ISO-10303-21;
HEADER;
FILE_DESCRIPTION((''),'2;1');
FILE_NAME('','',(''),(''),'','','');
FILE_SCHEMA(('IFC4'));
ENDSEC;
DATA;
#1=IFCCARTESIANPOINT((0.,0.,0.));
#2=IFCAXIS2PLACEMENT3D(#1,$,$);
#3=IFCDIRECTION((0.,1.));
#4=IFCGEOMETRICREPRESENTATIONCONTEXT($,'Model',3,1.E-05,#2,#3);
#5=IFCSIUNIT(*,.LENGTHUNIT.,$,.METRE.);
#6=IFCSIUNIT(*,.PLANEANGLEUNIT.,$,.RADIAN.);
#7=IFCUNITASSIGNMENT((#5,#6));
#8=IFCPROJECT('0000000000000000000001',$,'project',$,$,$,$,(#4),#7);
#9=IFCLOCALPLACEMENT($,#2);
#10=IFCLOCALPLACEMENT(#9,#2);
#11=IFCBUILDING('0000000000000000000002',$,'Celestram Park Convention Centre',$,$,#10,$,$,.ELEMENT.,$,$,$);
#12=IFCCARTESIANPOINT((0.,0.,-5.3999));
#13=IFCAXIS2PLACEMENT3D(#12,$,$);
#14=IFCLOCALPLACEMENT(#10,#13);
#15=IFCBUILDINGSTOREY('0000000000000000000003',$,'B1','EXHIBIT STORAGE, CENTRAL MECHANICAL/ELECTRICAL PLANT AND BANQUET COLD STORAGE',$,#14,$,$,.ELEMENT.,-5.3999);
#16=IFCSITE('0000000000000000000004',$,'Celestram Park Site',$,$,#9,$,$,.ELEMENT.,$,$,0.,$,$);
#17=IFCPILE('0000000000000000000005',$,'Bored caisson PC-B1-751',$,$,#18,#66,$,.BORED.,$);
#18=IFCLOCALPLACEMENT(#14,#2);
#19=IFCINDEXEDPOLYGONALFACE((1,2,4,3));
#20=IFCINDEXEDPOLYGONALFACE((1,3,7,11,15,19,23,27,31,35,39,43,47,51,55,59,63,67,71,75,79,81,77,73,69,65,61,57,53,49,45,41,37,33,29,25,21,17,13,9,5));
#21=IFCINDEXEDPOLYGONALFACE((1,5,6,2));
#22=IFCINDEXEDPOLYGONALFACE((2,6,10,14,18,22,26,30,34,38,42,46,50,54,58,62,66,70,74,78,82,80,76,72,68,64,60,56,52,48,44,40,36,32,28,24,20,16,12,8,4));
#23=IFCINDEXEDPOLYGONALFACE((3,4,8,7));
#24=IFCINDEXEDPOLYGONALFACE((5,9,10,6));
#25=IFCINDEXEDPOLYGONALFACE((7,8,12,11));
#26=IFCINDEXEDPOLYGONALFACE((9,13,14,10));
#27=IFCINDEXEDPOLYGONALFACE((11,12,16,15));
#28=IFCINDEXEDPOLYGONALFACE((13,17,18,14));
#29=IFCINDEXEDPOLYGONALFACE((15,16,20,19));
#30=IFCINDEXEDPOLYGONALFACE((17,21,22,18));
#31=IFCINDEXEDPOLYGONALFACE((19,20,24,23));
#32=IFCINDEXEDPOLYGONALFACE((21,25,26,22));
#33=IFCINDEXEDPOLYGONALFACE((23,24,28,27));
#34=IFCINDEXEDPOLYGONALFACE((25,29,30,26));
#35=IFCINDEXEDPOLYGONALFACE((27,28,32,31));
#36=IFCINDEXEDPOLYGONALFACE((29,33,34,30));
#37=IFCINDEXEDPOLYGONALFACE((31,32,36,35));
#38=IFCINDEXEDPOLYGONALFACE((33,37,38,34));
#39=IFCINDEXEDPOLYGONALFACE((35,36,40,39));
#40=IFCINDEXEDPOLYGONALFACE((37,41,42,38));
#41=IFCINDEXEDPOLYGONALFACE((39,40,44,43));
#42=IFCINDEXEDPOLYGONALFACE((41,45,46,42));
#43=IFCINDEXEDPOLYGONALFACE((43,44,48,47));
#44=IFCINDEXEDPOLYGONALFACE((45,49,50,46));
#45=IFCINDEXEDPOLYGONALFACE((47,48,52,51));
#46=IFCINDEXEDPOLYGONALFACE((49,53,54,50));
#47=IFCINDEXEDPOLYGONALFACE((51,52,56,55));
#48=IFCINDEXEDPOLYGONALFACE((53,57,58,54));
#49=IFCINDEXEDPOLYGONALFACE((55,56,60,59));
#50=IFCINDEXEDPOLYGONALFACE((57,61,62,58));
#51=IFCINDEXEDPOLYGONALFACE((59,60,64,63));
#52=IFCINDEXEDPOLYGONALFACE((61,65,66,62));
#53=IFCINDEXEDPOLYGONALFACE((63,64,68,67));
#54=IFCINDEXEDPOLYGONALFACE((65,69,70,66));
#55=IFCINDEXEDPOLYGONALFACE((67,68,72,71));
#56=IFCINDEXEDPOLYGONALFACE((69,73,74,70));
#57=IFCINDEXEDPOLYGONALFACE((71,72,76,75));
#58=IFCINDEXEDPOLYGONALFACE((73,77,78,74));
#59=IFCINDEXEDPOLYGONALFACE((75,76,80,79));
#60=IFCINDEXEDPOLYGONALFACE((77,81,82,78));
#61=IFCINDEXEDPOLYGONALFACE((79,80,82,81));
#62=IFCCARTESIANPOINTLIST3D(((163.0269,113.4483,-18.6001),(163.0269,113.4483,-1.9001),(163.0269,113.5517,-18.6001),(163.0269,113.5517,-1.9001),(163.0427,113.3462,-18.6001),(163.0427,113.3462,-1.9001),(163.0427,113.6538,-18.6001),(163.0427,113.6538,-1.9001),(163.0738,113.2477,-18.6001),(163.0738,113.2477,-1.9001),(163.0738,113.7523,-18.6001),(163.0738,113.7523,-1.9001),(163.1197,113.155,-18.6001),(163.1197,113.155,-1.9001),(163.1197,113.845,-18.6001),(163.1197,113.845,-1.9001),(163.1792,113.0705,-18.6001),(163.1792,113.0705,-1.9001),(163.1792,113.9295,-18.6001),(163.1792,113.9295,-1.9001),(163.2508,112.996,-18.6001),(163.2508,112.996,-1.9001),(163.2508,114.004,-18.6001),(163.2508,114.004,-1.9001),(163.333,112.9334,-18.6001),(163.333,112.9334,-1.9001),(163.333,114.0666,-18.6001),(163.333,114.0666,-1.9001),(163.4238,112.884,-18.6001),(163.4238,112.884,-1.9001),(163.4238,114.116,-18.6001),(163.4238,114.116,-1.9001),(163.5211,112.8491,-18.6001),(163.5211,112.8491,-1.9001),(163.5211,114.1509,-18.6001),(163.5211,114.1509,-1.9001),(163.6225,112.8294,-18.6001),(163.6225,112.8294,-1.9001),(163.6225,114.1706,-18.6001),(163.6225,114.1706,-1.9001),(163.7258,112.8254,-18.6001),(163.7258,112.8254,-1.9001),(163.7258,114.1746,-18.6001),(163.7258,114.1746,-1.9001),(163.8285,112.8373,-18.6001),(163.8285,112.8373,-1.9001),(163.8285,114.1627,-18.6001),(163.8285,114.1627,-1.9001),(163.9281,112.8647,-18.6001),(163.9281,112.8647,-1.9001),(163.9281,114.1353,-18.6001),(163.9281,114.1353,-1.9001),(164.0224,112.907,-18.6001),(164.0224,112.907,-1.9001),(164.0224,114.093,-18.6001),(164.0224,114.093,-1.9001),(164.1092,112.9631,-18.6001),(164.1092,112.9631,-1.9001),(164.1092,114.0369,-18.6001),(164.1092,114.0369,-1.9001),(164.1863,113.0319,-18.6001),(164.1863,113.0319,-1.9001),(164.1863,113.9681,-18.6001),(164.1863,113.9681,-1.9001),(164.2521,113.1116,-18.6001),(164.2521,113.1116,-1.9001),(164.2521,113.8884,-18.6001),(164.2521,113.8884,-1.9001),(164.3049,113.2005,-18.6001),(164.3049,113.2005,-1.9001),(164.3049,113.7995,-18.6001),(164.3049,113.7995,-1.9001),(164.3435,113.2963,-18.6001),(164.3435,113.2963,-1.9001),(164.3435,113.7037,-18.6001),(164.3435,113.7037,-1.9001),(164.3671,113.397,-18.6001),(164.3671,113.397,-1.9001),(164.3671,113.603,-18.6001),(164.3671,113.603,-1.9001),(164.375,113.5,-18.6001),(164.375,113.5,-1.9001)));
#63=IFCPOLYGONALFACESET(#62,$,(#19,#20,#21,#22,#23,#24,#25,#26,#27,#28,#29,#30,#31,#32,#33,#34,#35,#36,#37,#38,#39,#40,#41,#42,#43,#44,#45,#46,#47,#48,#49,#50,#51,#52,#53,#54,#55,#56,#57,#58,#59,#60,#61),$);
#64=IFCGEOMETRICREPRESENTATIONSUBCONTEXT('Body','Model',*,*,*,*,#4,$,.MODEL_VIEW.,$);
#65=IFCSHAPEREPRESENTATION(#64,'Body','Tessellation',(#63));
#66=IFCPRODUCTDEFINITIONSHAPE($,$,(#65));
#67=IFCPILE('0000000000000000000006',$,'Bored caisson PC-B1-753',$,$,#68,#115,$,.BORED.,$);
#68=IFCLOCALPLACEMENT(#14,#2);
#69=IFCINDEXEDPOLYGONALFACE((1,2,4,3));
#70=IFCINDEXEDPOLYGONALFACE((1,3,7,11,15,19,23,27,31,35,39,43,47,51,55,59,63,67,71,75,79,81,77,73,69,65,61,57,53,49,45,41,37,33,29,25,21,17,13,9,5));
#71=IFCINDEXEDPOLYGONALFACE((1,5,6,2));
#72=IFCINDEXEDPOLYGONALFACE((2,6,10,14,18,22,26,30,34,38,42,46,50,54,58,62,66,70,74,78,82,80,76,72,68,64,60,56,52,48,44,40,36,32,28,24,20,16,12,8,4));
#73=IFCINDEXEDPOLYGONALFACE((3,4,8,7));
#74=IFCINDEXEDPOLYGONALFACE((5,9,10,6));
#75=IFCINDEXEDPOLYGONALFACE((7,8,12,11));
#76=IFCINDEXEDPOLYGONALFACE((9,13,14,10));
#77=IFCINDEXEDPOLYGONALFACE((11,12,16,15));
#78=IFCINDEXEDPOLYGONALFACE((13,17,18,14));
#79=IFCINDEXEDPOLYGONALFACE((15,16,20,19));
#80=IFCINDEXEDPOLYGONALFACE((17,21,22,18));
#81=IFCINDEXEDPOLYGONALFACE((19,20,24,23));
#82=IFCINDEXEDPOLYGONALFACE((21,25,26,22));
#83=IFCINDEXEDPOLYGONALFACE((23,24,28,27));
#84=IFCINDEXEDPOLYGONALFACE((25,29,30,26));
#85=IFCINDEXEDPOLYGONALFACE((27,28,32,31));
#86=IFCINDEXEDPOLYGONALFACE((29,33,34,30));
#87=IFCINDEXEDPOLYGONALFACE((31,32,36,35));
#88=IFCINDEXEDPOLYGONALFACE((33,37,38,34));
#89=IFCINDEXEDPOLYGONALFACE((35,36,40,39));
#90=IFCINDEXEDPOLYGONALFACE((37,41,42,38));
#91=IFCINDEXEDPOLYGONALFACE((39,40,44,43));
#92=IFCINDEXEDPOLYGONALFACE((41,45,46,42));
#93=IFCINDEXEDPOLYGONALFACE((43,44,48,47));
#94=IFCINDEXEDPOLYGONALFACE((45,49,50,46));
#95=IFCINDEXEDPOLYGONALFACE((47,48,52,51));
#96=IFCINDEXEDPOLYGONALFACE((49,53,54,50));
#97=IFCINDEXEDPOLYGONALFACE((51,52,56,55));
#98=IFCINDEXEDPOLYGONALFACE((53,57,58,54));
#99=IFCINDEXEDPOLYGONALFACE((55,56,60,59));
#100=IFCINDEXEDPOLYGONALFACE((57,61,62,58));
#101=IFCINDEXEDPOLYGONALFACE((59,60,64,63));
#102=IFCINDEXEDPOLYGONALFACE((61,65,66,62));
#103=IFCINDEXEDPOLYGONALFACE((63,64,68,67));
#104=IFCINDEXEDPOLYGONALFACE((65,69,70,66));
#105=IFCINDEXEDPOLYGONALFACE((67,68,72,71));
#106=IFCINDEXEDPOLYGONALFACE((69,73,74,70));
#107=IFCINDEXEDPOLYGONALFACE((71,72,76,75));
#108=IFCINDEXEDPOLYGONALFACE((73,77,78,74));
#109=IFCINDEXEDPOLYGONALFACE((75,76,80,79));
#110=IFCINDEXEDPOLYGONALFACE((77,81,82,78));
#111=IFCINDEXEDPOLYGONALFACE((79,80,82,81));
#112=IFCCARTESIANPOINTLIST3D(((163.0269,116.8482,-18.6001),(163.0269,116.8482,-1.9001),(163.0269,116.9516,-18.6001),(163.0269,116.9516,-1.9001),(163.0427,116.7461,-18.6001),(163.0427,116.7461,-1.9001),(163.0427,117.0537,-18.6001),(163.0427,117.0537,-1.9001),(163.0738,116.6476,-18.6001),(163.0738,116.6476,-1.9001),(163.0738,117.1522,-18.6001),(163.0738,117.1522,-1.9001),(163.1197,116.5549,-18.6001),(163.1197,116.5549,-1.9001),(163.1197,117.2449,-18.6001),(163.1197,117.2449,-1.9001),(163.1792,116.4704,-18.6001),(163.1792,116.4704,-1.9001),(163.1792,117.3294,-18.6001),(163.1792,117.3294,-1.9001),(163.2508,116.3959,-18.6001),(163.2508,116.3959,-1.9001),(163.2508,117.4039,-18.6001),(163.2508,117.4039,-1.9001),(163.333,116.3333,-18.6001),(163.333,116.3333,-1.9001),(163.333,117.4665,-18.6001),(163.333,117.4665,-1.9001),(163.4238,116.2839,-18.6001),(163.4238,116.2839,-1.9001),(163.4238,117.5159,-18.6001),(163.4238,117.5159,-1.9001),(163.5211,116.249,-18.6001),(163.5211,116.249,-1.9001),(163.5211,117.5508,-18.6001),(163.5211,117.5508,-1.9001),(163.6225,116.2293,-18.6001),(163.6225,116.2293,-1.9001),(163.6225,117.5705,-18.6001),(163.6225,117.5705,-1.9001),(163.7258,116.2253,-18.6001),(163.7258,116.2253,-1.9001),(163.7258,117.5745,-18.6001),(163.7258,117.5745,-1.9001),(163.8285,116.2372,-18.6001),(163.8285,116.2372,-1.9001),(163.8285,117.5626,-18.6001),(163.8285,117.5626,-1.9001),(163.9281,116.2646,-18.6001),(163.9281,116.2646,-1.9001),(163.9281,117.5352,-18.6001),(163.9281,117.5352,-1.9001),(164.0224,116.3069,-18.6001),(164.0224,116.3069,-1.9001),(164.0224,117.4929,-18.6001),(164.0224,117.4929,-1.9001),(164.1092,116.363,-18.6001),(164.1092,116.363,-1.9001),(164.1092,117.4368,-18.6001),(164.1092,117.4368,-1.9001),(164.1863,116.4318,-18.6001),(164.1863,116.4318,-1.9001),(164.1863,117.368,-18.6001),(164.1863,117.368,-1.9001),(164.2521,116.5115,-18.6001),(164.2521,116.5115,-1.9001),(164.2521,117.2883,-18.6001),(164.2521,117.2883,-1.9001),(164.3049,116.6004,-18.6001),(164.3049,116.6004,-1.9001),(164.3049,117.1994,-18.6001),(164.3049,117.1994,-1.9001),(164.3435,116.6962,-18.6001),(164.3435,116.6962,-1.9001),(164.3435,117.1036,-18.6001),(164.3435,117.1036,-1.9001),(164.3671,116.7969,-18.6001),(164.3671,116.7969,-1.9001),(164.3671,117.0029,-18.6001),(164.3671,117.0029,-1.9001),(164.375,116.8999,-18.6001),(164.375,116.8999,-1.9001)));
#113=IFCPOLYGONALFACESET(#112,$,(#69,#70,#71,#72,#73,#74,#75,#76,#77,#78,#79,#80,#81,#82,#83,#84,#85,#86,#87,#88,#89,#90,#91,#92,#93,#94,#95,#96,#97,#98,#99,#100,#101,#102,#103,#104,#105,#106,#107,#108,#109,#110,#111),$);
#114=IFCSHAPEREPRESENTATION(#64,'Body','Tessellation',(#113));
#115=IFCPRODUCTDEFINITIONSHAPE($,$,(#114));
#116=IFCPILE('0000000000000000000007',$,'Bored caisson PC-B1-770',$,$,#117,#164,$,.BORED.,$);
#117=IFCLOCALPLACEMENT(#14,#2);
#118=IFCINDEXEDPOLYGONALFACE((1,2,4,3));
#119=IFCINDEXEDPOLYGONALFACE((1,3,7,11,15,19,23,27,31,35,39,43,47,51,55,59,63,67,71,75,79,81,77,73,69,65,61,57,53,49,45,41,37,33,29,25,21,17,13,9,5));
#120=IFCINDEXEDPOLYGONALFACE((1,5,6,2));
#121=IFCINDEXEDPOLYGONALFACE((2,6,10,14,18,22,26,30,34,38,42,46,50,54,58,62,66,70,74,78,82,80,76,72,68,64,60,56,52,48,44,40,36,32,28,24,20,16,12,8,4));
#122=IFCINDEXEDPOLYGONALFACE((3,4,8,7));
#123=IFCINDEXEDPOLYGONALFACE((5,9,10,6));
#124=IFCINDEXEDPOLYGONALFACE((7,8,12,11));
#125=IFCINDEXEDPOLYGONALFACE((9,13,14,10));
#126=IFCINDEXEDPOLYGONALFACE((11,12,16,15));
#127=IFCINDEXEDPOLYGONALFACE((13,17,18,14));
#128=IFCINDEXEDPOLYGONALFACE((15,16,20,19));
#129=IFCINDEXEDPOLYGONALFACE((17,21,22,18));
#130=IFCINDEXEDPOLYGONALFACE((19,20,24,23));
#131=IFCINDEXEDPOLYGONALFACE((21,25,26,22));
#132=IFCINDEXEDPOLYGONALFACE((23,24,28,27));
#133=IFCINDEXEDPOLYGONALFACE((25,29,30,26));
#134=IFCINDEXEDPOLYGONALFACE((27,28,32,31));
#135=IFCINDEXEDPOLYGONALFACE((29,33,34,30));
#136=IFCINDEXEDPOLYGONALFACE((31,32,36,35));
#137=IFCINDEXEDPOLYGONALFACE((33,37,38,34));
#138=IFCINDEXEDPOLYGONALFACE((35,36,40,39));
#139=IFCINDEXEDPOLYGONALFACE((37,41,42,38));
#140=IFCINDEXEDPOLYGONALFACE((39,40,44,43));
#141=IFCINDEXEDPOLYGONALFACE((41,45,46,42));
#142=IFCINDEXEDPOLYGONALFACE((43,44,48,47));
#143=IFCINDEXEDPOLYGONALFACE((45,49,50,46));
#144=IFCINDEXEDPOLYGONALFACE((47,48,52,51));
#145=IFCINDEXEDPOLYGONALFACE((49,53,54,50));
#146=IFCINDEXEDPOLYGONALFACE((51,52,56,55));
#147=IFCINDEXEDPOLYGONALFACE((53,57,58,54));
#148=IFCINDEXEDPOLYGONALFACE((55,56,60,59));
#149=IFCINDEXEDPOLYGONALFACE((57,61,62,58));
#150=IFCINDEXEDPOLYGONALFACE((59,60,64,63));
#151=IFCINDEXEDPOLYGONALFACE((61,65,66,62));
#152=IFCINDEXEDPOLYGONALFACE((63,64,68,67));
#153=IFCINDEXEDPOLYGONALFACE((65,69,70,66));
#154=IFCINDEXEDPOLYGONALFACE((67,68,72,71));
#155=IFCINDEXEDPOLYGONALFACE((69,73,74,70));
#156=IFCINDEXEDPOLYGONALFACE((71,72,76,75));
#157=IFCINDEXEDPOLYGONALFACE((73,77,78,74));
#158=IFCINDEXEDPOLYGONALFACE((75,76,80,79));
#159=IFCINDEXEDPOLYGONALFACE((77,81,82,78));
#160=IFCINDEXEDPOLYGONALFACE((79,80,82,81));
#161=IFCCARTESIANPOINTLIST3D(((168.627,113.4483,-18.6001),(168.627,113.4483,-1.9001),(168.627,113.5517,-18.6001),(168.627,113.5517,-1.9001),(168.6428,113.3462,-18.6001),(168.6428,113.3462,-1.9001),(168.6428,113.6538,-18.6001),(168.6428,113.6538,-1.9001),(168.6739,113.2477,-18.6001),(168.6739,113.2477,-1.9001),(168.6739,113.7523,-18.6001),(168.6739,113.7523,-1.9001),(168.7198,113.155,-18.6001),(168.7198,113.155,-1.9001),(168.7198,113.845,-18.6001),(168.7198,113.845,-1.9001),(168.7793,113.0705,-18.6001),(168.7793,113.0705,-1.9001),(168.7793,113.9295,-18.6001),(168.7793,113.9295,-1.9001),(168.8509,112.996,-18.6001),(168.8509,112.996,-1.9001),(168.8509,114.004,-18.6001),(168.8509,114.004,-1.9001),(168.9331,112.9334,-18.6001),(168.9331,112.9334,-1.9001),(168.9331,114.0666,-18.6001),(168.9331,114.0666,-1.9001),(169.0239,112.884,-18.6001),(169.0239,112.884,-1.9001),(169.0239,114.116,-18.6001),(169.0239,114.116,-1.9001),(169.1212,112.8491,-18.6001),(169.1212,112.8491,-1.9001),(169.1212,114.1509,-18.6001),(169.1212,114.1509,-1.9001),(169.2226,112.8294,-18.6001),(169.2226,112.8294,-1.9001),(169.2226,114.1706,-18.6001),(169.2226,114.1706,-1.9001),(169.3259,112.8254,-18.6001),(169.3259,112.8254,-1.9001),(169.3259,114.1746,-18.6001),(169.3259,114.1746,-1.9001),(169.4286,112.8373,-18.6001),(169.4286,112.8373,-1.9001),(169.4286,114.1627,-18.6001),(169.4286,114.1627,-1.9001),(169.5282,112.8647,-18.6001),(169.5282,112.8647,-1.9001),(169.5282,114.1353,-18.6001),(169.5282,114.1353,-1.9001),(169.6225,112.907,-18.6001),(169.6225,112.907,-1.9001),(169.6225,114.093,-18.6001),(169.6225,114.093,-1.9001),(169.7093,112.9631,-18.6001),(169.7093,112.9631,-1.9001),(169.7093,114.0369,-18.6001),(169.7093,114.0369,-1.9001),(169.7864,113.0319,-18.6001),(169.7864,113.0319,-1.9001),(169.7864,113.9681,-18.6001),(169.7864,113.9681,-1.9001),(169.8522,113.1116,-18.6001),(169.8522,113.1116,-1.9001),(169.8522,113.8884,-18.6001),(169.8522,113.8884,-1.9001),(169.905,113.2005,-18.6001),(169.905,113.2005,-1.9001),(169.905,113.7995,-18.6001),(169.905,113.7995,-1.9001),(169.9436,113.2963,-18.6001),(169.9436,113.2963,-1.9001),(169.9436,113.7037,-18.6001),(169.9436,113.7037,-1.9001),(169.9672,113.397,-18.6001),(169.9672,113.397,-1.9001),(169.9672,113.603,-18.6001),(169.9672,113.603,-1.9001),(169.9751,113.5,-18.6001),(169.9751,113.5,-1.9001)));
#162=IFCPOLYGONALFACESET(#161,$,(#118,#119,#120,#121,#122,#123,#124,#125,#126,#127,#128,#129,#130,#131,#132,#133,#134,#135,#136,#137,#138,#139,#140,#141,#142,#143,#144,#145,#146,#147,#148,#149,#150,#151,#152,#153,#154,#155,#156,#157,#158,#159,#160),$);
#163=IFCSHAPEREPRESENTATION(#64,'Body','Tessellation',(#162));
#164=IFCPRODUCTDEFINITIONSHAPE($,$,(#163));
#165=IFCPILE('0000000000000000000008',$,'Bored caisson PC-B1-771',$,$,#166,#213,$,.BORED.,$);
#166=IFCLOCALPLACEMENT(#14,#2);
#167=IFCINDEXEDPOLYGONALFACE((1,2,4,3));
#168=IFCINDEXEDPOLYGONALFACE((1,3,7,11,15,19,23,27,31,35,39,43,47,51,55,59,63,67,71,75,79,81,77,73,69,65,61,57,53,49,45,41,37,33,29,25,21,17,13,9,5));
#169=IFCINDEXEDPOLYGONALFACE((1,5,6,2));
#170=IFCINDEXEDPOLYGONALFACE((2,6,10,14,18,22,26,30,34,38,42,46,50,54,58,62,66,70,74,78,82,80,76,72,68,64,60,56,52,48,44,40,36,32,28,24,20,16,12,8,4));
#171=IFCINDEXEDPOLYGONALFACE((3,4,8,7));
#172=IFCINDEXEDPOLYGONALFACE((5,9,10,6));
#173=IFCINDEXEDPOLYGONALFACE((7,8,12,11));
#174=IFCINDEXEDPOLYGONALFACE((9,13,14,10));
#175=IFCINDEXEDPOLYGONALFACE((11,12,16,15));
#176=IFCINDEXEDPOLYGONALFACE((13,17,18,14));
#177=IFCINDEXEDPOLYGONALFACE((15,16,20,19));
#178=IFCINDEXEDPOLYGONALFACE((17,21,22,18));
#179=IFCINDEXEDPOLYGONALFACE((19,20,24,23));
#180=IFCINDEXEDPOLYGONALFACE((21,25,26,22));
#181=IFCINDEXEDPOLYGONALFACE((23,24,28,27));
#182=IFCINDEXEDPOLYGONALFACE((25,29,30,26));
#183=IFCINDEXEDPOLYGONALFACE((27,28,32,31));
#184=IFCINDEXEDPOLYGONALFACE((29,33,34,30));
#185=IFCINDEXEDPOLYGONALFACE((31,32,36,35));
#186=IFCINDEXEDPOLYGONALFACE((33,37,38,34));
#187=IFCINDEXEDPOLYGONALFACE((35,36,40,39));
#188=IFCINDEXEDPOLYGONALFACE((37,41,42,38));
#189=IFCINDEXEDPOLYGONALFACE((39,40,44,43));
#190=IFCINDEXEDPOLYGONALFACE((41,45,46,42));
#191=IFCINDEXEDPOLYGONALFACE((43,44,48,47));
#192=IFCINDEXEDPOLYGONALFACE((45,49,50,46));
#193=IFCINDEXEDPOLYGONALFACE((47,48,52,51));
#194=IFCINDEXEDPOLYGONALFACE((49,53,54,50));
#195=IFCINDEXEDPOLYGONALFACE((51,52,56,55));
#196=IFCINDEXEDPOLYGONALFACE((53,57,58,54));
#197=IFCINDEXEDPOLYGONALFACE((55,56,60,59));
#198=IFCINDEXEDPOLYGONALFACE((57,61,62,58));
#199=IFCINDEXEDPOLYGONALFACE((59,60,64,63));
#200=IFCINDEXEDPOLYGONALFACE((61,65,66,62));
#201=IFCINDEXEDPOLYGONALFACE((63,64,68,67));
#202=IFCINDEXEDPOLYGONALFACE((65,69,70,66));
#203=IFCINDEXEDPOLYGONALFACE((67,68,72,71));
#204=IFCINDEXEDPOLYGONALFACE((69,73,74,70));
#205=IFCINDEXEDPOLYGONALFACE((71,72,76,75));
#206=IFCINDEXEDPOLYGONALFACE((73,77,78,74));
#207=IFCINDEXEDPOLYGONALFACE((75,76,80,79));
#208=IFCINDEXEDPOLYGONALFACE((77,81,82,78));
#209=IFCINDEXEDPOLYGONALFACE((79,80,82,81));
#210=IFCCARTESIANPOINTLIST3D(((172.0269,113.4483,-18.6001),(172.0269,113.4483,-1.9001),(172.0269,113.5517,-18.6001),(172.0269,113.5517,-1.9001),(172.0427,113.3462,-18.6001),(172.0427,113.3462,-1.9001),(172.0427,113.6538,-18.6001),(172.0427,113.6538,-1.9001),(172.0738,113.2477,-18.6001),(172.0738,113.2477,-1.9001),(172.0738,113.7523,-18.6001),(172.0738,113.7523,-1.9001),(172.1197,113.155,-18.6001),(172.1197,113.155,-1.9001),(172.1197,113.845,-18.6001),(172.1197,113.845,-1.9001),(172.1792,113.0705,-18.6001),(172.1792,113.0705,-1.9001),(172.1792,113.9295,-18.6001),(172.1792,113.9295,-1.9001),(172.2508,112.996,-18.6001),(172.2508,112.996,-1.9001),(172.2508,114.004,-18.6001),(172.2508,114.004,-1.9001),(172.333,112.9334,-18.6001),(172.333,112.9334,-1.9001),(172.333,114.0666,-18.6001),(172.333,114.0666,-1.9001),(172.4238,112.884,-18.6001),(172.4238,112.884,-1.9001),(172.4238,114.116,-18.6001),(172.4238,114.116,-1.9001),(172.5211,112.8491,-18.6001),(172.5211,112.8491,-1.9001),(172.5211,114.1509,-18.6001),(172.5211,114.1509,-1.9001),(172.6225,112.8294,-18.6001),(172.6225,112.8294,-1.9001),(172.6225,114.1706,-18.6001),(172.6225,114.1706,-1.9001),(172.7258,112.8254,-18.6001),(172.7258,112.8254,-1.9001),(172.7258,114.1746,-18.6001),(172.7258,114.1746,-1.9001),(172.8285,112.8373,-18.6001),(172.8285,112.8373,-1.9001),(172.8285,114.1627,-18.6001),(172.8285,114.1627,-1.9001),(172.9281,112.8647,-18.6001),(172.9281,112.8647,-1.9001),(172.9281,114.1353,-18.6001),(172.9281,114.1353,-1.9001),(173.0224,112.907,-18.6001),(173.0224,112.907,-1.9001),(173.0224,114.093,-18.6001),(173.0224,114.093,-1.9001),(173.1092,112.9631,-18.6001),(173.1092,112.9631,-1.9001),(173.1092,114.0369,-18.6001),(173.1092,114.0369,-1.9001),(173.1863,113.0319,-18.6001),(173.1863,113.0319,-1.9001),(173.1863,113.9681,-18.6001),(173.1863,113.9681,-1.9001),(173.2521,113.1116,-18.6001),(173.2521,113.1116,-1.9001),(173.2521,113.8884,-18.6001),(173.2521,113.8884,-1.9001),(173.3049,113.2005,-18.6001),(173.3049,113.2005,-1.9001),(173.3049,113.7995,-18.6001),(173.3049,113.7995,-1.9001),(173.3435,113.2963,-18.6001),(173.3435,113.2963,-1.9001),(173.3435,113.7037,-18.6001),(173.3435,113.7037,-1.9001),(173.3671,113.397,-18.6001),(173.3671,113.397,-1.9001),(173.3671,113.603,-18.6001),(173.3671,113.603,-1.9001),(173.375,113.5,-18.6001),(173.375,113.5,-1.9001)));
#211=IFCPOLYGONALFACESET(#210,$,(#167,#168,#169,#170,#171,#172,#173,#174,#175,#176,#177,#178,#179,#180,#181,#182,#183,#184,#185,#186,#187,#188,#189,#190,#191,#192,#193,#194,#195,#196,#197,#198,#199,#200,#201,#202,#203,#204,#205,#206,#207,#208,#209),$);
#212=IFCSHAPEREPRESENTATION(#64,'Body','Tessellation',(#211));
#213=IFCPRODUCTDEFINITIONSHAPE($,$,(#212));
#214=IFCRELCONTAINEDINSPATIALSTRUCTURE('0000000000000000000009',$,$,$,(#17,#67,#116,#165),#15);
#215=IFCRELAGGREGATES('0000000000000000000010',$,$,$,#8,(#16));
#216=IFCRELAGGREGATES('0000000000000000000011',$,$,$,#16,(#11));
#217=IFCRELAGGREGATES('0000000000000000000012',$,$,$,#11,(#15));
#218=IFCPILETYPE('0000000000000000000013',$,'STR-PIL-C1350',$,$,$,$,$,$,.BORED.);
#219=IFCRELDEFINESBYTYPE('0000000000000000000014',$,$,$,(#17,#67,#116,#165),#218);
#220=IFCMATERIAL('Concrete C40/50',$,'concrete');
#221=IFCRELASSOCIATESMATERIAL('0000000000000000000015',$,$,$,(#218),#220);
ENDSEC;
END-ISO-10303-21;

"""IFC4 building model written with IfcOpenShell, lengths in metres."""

from ifc_helpers import new_model, si_unit, direction, frame, origin, origin_2d, place, context, subcontext, project, spatial, circle, extrude, material, material_profile, profile_set, type_object, element, save


model = new_model("IFC4")

# Units and contexts
model_context = context("Model", 3, precision=1e-05, world=origin(), true_north=direction((0.0, 1.0)))
body_context = subcontext(model_context, "Body", "Model", "MODEL_VIEW")
ifc_project = project(units=[si_unit("LENGTHUNIT", "METRE"), si_unit("PLANEANGLEUNIT", "RADIAN")], contexts=[model_context])

# Site, building, storey
site_placement = place(None, origin())
site = spatial("IfcSite", under=ifc_project, at=site_placement, Name="Celestram Park Site", CompositionType="ELEMENT", RefElevation=0.0)
building_placement = place(site_placement, origin())
building = spatial("IfcBuilding", under=site, at=building_placement, Name="Celestram Park Convention Centre", CompositionType="ELEMENT")
storey_placement = place(building_placement, frame((0.0, 0.0, -5.3999)))
storey = spatial("IfcBuildingStorey", under=building, at=storey_placement, Name="B1", Description="EXHIBIT STORAGE, CENTRAL MECHANICAL/ELECTRICAL PLANT AND BANQUET COLD STORAGE", CompositionType="ELEMENT", Elevation=-5.3999)

# Shared definitions
ifc_material_1 = material(Name="Concrete C40/50", Category="concrete")

# Piles
ifc_material_profile_1 = material_profile(ifc_material_1, circle(Radius=0.675, at=origin_2d()), Name="CAISSON1350")
ifc_profile_set_1 = profile_set([ifc_material_profile_1], Name="Concrete C40/50")
pile_type_1 = type_object("IfcPileType", Name="STR-PIL-C1350", PredefinedType="BORED", material=ifc_profile_set_1)
for number, where, z_axis, x_axis, name in (
    (1, (163.7, 113.5, -1.9001), (0.0, 0.0, -1.0), (1.0, 0.0, 0.0), "Bored caisson PC-B1-751"),
    (2, (163.7, 116.8999, -1.9001), (0.0, 0.0, -1.0), (1.0, 0.0, 0.0), "Bored caisson PC-B1-753"),
    (3, (169.3, 113.5, -1.9001), (0.0, 0.0, -1.0), (1.0, 0.0, 0.0), "Bored caisson PC-B1-770"),
    (4, (172.7, 113.5, -1.9001), (0.0, 0.0, -1.0), (1.0, 0.0, 0.0), "Bored caisson PC-B1-771"),
):
    element("IfcPile", number, at=place(storey_placement, frame(where, z_axis=z_axis, x_axis=x_axis)), inside=storey, type_object=pile_type_1, Name=name, PredefinedType="BORED", context=body_context, shape_type="SweptSolid", body=[
        extrude(circle(Radius=0.675, at=origin_2d()), origin(), (0.0, 0.0, 1.0), 16.7),
    ])

save(model, "model.ifc")
